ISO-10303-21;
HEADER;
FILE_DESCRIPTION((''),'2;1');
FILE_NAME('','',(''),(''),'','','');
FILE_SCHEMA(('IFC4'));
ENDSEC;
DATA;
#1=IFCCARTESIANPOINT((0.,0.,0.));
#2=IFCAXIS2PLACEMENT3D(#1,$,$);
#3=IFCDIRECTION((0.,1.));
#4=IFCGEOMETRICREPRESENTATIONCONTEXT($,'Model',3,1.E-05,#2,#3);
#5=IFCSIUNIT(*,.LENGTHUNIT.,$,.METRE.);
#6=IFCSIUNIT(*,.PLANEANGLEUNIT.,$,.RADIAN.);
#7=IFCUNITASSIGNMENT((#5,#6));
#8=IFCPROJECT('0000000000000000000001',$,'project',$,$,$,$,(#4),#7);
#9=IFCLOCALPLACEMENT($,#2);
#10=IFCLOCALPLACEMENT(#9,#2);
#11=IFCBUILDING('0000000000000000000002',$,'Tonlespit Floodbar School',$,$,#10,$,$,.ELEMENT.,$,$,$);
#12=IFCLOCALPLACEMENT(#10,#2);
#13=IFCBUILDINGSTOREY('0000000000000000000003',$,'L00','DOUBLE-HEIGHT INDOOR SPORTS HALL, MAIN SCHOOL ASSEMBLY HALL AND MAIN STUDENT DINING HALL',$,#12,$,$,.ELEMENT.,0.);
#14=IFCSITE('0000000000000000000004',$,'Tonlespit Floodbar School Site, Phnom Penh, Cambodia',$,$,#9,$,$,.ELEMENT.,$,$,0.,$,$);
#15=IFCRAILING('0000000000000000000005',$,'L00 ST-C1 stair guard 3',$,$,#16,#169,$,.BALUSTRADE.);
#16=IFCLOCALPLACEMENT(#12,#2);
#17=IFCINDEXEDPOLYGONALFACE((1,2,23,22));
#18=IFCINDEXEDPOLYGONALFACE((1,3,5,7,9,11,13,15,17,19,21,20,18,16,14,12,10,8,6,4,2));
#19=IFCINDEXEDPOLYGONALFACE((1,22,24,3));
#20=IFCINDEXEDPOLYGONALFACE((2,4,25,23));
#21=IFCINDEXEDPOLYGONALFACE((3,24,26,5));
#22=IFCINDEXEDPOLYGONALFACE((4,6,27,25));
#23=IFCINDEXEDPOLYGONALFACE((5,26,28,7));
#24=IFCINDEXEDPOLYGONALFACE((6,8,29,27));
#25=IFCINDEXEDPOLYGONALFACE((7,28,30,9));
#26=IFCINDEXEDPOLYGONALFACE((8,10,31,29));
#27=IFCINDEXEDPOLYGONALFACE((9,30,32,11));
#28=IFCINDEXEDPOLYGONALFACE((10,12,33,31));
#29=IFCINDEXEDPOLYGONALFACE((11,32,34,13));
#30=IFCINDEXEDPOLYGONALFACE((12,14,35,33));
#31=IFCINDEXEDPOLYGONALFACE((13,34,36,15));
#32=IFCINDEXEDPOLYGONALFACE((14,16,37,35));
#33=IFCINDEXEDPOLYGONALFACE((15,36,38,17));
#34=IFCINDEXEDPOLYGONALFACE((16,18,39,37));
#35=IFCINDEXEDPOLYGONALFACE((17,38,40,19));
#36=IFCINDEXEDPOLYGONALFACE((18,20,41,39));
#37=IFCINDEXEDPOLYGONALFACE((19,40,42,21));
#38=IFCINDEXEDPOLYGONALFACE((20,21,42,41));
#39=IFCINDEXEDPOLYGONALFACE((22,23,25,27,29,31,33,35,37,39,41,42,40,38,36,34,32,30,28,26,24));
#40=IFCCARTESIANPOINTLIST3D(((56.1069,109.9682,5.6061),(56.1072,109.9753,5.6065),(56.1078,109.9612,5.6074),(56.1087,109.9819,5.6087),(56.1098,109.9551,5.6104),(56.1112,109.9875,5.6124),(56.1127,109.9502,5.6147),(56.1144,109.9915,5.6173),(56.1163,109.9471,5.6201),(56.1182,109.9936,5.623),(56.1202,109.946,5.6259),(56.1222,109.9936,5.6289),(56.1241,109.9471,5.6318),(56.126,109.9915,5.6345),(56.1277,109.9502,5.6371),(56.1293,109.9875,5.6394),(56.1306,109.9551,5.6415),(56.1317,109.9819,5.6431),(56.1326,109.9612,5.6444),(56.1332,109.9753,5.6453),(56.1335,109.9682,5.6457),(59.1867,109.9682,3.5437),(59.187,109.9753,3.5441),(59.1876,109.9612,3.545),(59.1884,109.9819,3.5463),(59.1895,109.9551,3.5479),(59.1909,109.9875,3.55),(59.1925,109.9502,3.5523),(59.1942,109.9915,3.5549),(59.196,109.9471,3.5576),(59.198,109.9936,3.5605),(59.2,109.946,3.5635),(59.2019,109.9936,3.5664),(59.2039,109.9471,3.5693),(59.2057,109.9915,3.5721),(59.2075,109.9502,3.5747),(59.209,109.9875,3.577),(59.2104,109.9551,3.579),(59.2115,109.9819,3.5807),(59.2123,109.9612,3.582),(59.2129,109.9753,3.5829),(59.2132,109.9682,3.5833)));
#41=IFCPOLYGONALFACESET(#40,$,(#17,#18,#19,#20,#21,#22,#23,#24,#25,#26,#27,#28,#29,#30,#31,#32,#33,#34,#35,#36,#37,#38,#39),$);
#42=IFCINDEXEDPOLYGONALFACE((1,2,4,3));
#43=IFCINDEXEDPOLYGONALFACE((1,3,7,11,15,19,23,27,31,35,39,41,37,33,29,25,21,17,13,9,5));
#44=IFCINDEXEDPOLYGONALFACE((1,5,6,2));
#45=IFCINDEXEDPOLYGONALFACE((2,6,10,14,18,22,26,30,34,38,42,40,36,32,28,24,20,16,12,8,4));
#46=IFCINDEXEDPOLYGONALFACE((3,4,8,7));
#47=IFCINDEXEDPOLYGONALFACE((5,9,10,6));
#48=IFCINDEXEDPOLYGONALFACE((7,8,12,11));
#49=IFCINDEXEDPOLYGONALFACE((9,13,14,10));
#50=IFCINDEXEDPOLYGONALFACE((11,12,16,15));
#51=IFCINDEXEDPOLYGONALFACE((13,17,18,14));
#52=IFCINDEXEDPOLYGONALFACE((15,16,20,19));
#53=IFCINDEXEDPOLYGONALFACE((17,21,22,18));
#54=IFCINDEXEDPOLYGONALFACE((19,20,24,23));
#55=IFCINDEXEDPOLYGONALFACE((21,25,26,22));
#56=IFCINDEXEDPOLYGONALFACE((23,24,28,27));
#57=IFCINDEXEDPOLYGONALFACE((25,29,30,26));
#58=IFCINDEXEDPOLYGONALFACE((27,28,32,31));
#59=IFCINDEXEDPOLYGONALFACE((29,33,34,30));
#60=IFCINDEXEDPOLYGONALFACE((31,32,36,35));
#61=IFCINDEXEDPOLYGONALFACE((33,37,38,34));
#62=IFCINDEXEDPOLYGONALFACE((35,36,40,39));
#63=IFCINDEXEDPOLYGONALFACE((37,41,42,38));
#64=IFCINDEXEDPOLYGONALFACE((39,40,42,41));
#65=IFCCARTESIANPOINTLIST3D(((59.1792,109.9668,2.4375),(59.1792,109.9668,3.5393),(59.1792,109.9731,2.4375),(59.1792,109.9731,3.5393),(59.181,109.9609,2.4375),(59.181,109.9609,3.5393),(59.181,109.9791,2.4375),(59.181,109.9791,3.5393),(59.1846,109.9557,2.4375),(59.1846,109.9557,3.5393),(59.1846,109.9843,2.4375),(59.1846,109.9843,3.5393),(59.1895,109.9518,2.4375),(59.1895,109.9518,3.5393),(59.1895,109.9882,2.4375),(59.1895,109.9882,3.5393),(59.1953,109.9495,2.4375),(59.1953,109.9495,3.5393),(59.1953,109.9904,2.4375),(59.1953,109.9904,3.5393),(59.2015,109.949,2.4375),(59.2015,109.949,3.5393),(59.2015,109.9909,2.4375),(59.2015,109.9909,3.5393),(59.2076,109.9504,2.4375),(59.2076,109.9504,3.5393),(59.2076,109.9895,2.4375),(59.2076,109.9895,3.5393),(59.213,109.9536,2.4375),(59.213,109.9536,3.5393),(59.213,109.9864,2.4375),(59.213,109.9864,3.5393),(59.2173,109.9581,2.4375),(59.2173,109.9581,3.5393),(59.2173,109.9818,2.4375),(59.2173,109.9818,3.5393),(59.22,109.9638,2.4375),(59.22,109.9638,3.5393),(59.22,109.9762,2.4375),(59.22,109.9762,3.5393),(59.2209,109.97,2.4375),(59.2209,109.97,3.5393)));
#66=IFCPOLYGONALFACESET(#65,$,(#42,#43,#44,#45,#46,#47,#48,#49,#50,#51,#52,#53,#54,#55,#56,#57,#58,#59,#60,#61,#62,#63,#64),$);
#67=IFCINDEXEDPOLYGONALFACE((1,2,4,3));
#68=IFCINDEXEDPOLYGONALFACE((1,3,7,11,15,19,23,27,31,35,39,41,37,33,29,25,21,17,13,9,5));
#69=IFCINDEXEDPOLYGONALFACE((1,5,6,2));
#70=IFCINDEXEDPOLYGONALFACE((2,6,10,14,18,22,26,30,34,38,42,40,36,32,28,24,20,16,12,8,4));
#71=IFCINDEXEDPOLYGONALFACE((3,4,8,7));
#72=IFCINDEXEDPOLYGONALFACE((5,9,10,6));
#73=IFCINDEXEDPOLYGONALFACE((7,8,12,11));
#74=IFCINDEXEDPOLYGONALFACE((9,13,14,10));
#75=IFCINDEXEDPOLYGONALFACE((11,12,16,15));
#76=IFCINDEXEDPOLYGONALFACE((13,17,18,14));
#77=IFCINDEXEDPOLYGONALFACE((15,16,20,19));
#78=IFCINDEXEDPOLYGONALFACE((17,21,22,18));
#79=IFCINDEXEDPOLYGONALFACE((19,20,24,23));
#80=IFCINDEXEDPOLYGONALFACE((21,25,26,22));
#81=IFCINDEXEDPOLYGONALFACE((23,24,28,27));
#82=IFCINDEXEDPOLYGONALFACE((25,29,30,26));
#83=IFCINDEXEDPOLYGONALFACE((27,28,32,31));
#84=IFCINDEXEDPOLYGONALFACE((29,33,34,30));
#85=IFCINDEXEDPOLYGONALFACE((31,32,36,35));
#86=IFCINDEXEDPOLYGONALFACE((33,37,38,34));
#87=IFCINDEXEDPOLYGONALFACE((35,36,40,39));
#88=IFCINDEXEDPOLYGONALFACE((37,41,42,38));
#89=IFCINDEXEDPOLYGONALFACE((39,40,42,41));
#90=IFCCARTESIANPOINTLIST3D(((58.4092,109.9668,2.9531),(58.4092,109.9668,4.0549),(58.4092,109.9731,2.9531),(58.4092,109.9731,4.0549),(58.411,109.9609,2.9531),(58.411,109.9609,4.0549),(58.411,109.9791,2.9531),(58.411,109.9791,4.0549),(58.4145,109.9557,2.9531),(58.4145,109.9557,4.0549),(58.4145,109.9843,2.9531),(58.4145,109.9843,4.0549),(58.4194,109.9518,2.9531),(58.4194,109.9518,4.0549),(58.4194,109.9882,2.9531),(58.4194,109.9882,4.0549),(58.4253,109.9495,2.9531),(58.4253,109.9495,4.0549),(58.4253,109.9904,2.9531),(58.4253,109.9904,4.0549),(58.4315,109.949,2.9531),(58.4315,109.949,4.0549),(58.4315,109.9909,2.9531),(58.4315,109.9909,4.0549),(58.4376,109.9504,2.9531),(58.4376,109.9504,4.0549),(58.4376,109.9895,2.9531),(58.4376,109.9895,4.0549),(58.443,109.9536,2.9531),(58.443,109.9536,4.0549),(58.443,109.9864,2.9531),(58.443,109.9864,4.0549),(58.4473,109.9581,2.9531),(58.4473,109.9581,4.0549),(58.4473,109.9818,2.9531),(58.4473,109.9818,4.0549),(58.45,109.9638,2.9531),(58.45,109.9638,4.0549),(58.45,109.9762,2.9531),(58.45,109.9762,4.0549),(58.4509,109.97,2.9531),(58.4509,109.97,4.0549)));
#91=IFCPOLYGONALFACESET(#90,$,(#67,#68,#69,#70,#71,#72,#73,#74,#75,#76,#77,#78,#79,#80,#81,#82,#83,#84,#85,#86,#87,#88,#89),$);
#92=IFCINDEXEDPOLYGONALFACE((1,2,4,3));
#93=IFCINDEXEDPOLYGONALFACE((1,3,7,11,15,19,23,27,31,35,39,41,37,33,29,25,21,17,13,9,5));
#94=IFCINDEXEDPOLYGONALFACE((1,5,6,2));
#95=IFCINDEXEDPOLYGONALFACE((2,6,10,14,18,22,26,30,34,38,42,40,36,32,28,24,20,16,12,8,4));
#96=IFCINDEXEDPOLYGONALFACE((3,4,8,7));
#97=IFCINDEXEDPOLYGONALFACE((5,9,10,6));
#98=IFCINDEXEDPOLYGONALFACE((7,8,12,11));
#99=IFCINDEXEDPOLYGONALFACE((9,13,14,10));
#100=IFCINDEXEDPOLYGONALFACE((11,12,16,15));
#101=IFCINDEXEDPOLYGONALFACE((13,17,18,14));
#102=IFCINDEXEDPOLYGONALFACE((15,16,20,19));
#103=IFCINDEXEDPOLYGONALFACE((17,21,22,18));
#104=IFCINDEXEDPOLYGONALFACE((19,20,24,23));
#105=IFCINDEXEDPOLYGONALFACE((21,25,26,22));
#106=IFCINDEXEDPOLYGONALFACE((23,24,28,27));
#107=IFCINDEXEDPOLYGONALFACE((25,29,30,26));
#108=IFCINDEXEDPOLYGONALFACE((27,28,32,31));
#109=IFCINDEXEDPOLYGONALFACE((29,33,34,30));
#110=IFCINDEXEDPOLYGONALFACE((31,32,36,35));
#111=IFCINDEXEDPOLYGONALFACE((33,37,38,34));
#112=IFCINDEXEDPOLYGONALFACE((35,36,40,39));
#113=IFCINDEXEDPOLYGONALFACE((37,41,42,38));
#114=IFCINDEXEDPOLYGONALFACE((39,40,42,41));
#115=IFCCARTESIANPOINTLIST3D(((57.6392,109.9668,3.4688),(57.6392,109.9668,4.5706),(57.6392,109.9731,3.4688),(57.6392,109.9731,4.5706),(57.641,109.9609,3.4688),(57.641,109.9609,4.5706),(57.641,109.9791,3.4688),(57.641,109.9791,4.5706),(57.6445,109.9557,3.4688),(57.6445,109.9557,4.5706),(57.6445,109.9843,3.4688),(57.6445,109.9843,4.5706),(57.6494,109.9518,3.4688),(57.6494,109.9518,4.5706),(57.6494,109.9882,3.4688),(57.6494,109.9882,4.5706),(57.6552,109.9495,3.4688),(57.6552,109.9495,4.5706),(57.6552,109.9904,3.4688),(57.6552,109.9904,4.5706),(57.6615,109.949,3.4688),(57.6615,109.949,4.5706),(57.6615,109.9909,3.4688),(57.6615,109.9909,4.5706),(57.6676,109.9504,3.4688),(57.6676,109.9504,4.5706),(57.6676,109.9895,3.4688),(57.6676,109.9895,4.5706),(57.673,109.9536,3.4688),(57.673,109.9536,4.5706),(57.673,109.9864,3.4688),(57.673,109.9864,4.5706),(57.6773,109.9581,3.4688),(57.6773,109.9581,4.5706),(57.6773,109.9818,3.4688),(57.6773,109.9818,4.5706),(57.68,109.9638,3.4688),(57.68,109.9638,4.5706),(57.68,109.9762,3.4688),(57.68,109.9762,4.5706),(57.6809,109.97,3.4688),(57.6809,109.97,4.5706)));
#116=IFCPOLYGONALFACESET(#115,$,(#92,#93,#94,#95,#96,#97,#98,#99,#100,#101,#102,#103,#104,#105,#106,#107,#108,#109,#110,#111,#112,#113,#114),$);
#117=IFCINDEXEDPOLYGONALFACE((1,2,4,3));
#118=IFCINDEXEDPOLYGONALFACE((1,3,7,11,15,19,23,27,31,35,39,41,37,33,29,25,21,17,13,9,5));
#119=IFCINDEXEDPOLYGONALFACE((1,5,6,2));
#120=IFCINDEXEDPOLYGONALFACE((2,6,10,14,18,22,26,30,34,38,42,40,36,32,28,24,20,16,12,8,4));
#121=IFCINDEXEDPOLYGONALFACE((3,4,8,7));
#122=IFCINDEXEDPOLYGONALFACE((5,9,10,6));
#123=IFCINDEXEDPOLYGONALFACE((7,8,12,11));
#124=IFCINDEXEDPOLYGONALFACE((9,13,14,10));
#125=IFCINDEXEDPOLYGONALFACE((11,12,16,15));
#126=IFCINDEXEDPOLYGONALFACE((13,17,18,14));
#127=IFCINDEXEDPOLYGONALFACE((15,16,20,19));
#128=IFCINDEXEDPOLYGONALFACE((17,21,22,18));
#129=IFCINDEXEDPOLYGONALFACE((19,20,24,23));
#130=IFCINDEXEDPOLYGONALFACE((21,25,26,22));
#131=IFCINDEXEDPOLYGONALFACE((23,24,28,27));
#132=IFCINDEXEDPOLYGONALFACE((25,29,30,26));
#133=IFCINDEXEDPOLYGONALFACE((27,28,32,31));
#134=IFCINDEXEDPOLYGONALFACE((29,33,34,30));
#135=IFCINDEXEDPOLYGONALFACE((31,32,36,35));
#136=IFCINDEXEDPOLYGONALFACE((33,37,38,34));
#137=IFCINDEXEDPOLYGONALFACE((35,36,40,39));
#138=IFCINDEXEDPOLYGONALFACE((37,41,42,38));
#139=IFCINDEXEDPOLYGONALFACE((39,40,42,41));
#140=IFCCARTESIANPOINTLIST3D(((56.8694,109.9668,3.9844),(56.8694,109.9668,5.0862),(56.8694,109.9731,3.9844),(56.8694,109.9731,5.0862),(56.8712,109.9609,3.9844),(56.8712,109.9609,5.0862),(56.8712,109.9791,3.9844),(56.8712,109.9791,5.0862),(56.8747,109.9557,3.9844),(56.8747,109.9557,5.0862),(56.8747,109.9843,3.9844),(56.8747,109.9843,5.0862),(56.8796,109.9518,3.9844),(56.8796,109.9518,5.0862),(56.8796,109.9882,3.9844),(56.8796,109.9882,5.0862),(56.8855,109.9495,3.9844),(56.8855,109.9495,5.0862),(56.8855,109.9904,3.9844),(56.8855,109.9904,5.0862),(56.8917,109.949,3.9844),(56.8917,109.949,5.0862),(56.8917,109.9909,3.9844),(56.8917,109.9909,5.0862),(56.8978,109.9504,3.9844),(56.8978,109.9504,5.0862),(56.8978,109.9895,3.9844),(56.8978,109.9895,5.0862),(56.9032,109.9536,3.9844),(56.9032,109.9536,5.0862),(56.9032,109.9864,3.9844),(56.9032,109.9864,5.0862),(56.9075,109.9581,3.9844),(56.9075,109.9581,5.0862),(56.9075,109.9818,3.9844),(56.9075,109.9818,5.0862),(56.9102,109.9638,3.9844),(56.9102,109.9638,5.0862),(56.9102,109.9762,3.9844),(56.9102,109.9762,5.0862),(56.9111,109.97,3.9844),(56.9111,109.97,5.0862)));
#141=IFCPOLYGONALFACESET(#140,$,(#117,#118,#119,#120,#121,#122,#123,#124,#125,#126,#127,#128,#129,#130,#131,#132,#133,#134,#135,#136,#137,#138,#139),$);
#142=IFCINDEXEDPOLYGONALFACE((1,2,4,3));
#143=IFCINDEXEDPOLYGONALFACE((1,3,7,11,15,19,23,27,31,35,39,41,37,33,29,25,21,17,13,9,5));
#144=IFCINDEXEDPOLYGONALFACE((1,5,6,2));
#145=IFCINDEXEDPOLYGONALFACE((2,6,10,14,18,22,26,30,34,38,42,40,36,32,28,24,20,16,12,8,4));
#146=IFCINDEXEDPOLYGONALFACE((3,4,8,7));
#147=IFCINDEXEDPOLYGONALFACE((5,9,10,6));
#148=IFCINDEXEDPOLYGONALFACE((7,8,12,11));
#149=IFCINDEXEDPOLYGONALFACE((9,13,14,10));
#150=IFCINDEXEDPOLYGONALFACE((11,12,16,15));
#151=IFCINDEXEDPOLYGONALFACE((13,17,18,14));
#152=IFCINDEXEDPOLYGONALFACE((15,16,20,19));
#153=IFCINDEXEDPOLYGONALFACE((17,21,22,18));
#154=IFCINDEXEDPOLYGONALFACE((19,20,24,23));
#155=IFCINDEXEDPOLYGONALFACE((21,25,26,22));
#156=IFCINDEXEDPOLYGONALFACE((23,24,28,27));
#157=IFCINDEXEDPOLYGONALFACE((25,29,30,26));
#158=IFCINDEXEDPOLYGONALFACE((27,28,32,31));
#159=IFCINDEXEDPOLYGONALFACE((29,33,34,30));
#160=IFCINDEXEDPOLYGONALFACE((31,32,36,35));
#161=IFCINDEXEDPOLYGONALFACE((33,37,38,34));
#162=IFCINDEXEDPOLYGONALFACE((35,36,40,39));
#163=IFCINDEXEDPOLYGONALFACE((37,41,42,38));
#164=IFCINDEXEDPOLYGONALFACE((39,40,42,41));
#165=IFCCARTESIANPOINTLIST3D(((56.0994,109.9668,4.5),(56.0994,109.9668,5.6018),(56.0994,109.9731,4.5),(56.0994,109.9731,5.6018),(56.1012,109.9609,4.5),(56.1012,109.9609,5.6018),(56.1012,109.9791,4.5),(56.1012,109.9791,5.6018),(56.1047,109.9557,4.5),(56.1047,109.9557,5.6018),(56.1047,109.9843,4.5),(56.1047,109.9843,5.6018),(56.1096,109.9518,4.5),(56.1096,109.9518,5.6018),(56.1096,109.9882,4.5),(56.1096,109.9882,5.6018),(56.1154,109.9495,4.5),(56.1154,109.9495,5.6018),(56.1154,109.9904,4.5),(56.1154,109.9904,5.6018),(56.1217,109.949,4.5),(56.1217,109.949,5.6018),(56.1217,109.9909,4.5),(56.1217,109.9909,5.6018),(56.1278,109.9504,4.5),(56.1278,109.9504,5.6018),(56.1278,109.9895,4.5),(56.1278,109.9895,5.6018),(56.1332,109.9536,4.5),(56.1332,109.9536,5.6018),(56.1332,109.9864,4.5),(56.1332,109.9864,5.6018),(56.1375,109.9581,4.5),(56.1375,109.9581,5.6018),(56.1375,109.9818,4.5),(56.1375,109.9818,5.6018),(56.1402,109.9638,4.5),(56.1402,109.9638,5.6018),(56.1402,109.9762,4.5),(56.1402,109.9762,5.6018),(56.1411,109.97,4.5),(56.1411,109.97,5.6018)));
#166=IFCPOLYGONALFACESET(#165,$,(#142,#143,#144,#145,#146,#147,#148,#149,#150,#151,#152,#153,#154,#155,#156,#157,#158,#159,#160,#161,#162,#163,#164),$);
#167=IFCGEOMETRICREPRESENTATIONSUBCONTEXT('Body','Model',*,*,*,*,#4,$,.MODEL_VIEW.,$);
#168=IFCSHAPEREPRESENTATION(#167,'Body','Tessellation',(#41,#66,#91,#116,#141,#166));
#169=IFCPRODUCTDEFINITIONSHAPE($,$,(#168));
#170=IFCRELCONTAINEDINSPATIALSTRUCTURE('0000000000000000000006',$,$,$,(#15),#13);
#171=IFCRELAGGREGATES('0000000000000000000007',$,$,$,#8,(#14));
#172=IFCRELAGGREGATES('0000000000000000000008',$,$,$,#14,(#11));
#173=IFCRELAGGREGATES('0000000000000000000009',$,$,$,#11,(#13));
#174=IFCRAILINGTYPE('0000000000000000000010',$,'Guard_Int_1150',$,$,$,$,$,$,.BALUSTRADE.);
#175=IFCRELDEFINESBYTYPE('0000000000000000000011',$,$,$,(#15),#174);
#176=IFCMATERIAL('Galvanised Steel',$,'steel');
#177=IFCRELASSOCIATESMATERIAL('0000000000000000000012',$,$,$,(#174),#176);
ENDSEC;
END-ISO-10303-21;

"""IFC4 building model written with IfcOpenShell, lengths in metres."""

from ifc_helpers import new_model, si_unit, direction, frame, origin, origin_2d, place, context, subcontext, project, spatial, circle, extrude, material, type_object, element, save


model = new_model("IFC4")

# Units and contexts
model_context = context("Model", 3, precision=1e-05, world=origin(), true_north=direction((0.0, 1.0)))
body_context = subcontext(model_context, "Body", "Model", "MODEL_VIEW")
ifc_project = project(units=[si_unit("LENGTHUNIT", "METRE"), si_unit("PLANEANGLEUNIT", "RADIAN")], contexts=[model_context])

# Site, building, storey
site_placement = place(None, origin())
site = spatial("IfcSite", under=ifc_project, at=site_placement, Name="Tonlespit Floodbar School Site, Phnom Penh, Cambodia", CompositionType="ELEMENT", RefElevation=0.0)
building_placement = place(site_placement, origin())
building = spatial("IfcBuilding", under=site, at=building_placement, Name="Tonlespit Floodbar School", CompositionType="ELEMENT")
storey_placement = place(building_placement, origin())
storey = spatial("IfcBuildingStorey", under=building, at=storey_placement, Name="L00", Description="DOUBLE-HEIGHT INDOOR SPORTS HALL, MAIN SCHOOL ASSEMBLY HALL AND MAIN STUDENT DINING HALL", CompositionType="ELEMENT", Elevation=0.0)

# Shared definitions
ifc_material_1 = material(Name="Galvanised Steel", Category="steel")

# Railing
railing_type_1 = type_object("IfcRailingType", Name="Guard_Int_1150", PredefinedType="BALUSTRADE", material=ifc_material_1)
railing_1_placement = place(storey_placement, frame((59.2, 109.97, 2.4375)))
element("IfcRailing", 1, at=railing_1_placement, inside=storey, type_object=railing_type_1, Name="L00 ST-C1 stair guard 3", PredefinedType="BALUSTRADE", context=body_context, shape_type="SweptSolid", body=[
    extrude(circle(Radius=0.0239, at=origin_2d()), frame((0.0, 0.0, 1.126), z_axis=(-0.830893, 0.0, 0.556432), x_axis=(0.0, -1.0, 0.0)), (0.0, 0.0, 1.0), 3.7065),
    extrude(circle(Radius=0.021, at=origin_2d()), origin(), (0.0, 0.0, 1.0), 1.1018),
    extrude(circle(Radius=0.021, at=origin_2d()), frame((-0.77, 0.0, 0.5156)), (0.0, 0.0, 1.0), 1.1018),
    extrude(circle(Radius=0.021, at=origin_2d()), frame((-1.54, 0.0, 1.0312)), (0.0, 0.0, 1.0), 1.1018),
    extrude(circle(Radius=0.021, at=origin_2d()), frame((-2.3098, 0.0, 1.5469)), (0.0, 0.0, 1.0), 1.1018),
    extrude(circle(Radius=0.021, at=origin_2d()), frame((-3.0798, 0.0, 2.0625)), (0.0, 0.0, 1.0), 1.1018),
])

save(model, "model.ifc")
